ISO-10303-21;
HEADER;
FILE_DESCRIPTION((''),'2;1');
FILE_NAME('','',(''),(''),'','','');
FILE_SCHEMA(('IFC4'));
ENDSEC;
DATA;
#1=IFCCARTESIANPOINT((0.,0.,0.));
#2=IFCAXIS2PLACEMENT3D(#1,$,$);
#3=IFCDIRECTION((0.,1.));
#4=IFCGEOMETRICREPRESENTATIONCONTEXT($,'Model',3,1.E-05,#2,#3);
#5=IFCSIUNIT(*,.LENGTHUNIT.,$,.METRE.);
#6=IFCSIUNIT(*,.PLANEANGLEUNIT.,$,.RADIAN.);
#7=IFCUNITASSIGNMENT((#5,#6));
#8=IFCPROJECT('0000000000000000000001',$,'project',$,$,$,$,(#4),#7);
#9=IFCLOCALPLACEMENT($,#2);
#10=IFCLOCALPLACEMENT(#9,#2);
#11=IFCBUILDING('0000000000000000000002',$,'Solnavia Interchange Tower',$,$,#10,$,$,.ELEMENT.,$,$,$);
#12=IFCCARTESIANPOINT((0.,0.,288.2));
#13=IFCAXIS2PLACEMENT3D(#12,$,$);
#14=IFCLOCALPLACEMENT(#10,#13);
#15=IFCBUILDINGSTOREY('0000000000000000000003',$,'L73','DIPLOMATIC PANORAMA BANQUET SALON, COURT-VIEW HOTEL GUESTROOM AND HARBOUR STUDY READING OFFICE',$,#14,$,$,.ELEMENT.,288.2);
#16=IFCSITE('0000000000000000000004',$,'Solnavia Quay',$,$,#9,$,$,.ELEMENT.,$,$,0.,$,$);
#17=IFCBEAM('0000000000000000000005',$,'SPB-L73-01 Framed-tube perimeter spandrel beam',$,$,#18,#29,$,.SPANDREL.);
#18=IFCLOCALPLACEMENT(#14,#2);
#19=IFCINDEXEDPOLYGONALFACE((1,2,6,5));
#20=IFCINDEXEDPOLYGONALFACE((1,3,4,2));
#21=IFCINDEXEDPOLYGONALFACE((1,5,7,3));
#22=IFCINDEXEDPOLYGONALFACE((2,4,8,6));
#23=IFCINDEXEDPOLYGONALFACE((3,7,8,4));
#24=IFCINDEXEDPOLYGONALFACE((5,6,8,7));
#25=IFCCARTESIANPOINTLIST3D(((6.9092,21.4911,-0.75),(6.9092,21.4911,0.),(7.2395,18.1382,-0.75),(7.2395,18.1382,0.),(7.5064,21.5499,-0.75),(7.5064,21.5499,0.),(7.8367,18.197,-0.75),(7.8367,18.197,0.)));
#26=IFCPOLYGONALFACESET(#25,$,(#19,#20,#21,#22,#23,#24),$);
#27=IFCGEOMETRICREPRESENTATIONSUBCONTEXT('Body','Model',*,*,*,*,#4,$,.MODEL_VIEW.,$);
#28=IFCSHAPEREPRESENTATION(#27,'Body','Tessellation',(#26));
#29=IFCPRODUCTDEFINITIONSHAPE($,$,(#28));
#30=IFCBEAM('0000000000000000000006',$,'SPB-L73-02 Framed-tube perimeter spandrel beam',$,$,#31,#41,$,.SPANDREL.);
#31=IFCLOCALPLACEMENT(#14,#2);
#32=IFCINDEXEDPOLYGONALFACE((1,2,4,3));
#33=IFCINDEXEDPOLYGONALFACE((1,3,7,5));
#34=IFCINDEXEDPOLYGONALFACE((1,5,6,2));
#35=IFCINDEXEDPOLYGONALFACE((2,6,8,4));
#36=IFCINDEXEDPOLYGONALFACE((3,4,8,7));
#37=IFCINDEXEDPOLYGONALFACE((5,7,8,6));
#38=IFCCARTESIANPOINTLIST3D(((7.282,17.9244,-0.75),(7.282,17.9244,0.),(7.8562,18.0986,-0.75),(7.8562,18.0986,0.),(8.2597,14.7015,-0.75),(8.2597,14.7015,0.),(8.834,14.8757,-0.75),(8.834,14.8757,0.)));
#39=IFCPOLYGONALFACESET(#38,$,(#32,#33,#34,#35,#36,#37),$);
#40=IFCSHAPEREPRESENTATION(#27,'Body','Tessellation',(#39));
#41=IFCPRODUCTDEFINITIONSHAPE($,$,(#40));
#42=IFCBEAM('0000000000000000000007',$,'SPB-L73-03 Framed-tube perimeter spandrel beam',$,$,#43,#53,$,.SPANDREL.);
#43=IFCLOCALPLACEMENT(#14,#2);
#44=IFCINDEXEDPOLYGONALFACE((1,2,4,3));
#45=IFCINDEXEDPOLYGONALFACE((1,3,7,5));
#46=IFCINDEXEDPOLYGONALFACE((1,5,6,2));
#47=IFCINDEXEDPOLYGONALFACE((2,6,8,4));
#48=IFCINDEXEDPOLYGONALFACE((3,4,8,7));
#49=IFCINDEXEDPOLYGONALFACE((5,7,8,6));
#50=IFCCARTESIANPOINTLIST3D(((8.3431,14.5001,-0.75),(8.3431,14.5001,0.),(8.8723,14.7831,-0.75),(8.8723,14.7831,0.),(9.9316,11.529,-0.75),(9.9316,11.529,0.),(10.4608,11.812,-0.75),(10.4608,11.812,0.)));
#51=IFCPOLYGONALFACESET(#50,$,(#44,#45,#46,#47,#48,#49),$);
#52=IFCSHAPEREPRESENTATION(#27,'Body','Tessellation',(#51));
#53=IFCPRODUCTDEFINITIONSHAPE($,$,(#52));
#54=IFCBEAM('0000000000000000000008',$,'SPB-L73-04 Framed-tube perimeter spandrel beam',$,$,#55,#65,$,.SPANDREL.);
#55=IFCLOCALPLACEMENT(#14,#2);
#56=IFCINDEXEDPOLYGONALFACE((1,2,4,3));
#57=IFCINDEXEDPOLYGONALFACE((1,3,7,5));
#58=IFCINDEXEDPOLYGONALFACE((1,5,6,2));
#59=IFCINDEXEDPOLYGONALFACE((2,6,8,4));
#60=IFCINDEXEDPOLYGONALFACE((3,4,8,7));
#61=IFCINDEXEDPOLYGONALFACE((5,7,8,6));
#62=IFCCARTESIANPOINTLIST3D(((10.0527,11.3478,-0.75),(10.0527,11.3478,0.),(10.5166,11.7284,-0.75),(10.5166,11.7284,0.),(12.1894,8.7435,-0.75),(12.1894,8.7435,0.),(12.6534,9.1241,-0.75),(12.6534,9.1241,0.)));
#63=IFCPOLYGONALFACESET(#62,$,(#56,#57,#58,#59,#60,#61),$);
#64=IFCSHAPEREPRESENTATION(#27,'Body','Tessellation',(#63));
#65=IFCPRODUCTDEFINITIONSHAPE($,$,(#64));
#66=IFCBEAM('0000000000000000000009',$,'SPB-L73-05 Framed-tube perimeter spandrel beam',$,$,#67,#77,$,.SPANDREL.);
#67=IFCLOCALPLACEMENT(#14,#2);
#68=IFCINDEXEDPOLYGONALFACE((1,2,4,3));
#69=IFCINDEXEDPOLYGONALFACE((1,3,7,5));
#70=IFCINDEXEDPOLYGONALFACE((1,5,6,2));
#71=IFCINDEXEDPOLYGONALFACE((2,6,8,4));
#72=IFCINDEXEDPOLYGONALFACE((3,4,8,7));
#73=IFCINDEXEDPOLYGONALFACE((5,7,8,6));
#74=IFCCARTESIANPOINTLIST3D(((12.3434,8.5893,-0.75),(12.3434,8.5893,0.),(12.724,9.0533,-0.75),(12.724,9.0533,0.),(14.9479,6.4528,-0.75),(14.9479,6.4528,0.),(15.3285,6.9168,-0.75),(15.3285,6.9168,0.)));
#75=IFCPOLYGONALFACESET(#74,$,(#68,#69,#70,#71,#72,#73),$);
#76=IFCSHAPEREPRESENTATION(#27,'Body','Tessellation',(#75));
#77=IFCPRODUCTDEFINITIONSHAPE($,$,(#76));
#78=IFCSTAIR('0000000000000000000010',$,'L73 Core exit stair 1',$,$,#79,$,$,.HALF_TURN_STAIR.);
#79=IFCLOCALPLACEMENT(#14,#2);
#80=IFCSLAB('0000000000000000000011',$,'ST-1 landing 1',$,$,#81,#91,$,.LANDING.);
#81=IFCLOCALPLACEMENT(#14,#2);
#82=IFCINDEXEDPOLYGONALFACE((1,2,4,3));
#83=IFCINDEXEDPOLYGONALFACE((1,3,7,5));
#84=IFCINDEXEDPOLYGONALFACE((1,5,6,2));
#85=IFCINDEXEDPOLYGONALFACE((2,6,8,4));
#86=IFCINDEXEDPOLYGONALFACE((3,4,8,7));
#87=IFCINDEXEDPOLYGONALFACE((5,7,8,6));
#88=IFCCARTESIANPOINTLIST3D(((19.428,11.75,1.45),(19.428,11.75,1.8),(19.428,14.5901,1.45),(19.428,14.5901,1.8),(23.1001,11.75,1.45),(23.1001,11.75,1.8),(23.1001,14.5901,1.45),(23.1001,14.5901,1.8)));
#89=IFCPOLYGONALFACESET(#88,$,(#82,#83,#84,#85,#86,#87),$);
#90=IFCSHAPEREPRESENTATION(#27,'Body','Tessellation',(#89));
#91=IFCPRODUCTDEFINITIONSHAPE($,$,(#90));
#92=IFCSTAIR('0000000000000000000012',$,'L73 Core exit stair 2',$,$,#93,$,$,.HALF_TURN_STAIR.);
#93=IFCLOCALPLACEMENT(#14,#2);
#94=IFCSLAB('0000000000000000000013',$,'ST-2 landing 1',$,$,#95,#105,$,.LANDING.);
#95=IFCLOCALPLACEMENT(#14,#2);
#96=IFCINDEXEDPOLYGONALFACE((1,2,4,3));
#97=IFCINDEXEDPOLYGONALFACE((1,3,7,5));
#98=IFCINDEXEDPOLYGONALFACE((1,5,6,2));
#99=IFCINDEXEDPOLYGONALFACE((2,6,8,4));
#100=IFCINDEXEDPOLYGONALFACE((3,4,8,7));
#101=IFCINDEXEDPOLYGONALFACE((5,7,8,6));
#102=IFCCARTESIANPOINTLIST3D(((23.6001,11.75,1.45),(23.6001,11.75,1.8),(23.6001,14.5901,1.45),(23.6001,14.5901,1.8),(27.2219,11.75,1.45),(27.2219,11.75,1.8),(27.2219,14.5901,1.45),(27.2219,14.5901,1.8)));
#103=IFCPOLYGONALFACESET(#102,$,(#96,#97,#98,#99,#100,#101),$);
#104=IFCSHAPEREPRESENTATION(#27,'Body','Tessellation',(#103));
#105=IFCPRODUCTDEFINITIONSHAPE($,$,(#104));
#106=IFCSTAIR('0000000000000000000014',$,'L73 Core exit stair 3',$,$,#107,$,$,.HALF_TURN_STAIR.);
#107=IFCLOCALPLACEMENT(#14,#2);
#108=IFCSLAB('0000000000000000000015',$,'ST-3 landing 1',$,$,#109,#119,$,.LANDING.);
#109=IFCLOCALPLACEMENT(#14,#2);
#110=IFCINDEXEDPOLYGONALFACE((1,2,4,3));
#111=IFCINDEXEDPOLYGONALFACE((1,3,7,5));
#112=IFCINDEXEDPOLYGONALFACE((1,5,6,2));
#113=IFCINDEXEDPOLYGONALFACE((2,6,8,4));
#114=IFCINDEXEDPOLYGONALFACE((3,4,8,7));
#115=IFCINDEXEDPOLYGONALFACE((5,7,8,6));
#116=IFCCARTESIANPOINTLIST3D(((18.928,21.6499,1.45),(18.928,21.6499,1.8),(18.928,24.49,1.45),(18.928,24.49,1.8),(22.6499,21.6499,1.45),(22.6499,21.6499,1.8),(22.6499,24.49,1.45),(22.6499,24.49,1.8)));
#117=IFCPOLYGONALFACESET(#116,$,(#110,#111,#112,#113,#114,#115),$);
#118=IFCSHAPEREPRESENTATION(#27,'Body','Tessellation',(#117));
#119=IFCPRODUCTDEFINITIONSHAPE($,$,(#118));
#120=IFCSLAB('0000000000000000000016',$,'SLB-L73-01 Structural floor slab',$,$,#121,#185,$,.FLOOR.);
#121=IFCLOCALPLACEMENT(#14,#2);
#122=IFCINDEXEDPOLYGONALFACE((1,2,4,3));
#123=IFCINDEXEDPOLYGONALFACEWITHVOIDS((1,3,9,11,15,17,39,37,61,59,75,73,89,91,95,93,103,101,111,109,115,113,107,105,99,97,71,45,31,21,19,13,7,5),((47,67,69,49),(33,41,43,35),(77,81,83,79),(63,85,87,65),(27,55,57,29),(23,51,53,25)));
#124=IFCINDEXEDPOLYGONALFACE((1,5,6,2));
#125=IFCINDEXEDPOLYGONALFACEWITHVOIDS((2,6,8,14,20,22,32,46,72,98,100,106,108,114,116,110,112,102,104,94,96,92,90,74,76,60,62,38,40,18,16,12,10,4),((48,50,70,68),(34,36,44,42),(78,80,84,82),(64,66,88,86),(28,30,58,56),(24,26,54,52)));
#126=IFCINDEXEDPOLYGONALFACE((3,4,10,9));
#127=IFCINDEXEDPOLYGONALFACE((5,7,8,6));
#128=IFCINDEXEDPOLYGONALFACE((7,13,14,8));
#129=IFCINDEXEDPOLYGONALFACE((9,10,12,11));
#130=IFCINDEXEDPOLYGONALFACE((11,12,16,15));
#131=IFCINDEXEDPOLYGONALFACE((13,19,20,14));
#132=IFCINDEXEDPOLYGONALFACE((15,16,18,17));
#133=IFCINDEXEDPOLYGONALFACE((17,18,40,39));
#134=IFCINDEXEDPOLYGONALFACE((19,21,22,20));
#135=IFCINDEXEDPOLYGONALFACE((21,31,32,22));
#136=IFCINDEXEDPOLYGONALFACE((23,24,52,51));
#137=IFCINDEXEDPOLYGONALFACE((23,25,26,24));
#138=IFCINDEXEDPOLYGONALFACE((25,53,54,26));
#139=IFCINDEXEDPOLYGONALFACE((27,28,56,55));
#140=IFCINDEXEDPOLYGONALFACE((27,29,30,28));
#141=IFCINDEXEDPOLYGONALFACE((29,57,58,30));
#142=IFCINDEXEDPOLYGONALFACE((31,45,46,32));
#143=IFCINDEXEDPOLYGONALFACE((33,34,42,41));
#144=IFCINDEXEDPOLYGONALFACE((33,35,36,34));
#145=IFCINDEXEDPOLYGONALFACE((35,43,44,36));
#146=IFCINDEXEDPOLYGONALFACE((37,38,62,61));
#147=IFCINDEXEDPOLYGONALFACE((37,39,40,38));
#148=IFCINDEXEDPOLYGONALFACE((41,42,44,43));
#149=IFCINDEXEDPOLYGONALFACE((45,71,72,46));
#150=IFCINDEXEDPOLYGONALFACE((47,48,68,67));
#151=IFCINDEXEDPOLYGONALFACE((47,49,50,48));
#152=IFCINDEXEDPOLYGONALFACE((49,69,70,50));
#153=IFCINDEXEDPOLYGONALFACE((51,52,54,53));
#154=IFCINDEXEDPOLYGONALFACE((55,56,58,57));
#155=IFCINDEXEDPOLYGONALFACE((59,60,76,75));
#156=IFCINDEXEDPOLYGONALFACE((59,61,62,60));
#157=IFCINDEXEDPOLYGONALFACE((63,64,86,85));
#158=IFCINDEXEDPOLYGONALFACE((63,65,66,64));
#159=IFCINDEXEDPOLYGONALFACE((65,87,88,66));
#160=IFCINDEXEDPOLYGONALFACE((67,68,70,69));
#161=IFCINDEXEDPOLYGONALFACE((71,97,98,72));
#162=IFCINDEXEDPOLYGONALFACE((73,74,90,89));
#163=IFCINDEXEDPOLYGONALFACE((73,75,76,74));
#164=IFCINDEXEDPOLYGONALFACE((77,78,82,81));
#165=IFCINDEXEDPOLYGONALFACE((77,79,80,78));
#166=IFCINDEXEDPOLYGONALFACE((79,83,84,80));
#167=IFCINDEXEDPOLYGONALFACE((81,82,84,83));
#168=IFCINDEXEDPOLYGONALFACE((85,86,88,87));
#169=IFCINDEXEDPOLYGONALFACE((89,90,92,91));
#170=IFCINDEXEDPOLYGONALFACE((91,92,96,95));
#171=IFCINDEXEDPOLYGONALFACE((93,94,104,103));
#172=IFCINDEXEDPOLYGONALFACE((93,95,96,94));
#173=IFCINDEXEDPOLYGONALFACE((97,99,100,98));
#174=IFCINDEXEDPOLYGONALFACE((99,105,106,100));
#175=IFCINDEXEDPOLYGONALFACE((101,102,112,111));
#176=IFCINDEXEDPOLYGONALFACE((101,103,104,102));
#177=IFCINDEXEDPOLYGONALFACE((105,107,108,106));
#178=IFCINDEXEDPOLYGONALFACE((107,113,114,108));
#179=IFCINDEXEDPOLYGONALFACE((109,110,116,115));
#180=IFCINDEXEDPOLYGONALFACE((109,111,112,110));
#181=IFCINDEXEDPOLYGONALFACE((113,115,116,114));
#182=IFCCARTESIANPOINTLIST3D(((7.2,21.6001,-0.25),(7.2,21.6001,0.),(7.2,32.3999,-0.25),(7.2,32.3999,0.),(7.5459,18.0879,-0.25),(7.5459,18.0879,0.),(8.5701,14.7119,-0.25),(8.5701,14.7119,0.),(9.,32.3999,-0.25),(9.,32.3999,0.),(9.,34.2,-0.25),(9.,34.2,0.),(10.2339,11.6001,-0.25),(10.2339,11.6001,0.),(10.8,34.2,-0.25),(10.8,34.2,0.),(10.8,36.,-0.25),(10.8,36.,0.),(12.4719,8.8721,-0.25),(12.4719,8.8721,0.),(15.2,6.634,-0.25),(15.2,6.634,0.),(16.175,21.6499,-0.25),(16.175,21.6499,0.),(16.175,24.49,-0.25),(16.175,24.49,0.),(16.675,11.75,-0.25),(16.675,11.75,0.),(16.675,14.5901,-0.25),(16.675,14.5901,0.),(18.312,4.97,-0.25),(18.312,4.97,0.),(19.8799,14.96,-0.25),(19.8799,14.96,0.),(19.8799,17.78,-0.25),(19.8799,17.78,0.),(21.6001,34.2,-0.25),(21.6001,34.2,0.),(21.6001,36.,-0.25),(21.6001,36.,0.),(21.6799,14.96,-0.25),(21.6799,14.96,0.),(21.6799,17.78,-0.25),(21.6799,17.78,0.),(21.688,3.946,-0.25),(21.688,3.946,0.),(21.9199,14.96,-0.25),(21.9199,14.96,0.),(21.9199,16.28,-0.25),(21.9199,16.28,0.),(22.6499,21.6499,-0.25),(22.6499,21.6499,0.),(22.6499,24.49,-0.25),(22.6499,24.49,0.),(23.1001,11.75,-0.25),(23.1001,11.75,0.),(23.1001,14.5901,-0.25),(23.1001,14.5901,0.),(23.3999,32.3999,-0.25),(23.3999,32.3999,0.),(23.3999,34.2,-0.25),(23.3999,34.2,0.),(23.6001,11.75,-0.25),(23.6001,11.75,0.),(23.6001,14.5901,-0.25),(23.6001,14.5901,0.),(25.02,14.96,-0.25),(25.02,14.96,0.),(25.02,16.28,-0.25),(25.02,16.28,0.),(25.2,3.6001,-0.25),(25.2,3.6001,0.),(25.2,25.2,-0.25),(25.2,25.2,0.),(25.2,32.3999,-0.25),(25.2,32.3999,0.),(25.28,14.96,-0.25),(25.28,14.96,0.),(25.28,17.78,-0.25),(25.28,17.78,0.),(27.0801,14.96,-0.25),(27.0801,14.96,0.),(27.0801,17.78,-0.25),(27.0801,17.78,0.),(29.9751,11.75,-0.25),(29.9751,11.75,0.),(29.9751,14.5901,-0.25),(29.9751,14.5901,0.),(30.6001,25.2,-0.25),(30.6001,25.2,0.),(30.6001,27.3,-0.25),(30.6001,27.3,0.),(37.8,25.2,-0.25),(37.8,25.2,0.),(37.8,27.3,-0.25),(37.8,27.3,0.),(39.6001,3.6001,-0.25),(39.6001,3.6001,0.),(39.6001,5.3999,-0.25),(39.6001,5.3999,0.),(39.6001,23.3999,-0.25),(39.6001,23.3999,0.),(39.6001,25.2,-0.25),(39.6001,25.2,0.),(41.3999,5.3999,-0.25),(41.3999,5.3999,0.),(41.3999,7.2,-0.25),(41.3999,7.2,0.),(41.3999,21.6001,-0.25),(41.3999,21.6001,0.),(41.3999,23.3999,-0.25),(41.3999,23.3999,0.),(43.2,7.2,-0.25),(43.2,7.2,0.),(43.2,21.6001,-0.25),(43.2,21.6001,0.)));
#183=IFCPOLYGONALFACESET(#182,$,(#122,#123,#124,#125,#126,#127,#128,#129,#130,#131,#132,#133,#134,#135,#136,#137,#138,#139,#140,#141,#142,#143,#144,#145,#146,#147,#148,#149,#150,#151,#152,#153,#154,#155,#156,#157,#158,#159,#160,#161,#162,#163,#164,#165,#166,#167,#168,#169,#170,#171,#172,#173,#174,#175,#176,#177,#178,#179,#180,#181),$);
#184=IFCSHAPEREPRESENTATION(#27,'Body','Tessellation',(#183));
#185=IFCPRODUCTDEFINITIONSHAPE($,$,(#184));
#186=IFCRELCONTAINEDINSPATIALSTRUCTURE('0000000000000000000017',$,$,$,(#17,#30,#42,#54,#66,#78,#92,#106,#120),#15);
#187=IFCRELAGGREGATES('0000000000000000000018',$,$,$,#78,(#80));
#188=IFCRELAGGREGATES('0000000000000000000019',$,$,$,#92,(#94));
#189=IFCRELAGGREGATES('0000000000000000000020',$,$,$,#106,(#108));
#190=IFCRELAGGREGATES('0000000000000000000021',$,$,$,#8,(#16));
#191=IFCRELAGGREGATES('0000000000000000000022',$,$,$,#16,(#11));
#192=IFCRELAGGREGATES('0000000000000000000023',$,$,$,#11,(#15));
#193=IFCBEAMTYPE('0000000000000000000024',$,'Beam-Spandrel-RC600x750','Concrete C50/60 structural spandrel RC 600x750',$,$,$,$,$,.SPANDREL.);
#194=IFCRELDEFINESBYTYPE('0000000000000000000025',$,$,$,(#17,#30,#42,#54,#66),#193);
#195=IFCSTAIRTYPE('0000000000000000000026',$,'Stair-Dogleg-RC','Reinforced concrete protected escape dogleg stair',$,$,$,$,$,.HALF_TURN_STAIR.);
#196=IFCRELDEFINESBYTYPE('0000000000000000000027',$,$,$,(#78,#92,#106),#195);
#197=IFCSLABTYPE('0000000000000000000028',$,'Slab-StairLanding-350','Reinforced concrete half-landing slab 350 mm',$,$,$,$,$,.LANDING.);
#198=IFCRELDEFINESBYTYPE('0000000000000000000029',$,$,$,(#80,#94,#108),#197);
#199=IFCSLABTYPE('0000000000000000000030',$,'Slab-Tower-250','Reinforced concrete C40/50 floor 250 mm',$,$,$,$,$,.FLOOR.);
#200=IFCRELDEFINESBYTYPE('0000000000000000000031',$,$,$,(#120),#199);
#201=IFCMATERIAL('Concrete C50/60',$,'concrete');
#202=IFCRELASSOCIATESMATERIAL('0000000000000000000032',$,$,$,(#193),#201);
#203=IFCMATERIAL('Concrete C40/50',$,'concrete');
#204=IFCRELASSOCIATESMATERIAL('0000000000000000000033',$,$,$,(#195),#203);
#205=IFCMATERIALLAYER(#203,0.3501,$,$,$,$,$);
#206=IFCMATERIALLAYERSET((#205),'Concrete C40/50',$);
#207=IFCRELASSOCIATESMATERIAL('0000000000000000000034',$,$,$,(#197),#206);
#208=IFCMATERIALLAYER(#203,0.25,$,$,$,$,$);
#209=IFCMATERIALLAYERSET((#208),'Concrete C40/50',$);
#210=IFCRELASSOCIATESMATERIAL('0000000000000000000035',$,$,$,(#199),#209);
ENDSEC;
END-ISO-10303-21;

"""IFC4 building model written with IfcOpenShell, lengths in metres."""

from ifc_helpers import new_model, si_unit, direction, frame, origin, origin_2d, place, context, subcontext, project, spatial, polyline, rectangle, outline, extrude, material, layer, layer_set, material_profile, profile_set, type_object, element, aggregate, save


model = new_model("IFC4")

# Units and contexts
model_context = context("Model", 3, precision=1e-05, world=origin(), true_north=direction((0.0, 1.0)))
body_context = subcontext(model_context, "Body", "Model", "MODEL_VIEW")
ifc_project = project(units=[si_unit("LENGTHUNIT", "METRE"), si_unit("PLANEANGLEUNIT", "RADIAN")], contexts=[model_context])

# Site, building, storey
site_placement = place(None, origin())
site = spatial("IfcSite", under=ifc_project, at=site_placement, Name="Solnavia Quay", CompositionType="ELEMENT", RefElevation=0.0)
building_placement = place(site_placement, origin())
building = spatial("IfcBuilding", under=site, at=building_placement, Name="Solnavia Interchange Tower", CompositionType="ELEMENT")
storey_placement = place(building_placement, frame((0.0, 0.0, 288.2)))
storey = spatial("IfcBuildingStorey", under=building, at=storey_placement, Name="L73", Description="DIPLOMATIC PANORAMA BANQUET SALON, COURT-VIEW HOTEL GUESTROOM AND HARBOUR STUDY READING OFFICE", CompositionType="ELEMENT", Elevation=288.2)

# Shared definitions
ifc_material_1 = material(Name="Concrete C50/60", Category="concrete")

# Beams
ifc_material_profile_1 = material_profile(ifc_material_1, rectangle(XDim=0.6001, YDim=0.75, at=origin_2d()), Name="RC 600x750")
ifc_profile_set_1 = profile_set([ifc_material_profile_1], Name="Concrete C50/60")
beam_type_1 = type_object("IfcBeamType", Name="Beam-Spandrel-RC600x750", Description="Concrete C50/60 structural spandrel RC 600x750", PredefinedType="SPANDREL", material=ifc_profile_set_1)
beam_1_placement = place(storey_placement, frame((7.2078, 21.5205, -0.375), z_axis=(0.09804, -0.995182, 0.0), x_axis=(0.995182, 0.09804, 0.0)))
element("IfcBeam", 1, at=beam_1_placement, inside=storey, type_object=beam_type_1, Name="SPB-L73-01 Framed-tube perimeter spandrel beam", PredefinedType="SPANDREL", context=body_context, shape_type="SweptSolid", body=[
    extrude(rectangle(XDim=0.6001, YDim=0.75, at=origin_2d()), origin(), (0.0, 0.0, 1.0), 3.3691),
])
beam_2_placement = place(storey_placement, frame((7.5691, 18.0115, -0.375), z_axis=(0.290319, -0.95693, 0.0), x_axis=(0.95693, 0.290319, 0.0)))
element("IfcBeam", 2, at=beam_2_placement, inside=storey, type_object=beam_type_1, Name="SPB-L73-02 Framed-tube perimeter spandrel beam", PredefinedType="SPANDREL", context=body_context, shape_type="SweptSolid", body=[
    extrude(rectangle(XDim=0.6001, YDim=0.75, at=origin_2d()), origin(), (0.0, 0.0, 1.0), 3.3679),
])
beam_3_placement = place(storey_placement, frame((8.6077, 14.6416, -0.375), z_axis=(0.471509, -0.881861, 0.0), x_axis=(0.881861, 0.471509, 0.0)))
element("IfcBeam", 3, at=beam_3_placement, inside=storey, type_object=beam_type_1, Name="SPB-L73-03 Framed-tube perimeter spandrel beam", PredefinedType="SPANDREL", context=body_context, shape_type="SweptSolid", body=[
    extrude(rectangle(XDim=0.6001, YDim=0.75, at=origin_2d()), origin(), (0.0, 0.0, 1.0), 3.3691),
])
for number, where, z_axis, x_axis, name in (
    (4, (10.2847, 11.5381, -0.375), (0.634299, -0.773088, 0.0), (0.773088, 0.634299, 0.0), "SPB-L73-04 Framed-tube perimeter spandrel beam"),
    (5, (12.5337, 8.8213, -0.375), (0.773153, -0.63422, 0.0), (0.63422, 0.773153, 0.0), "SPB-L73-05 Framed-tube perimeter spandrel beam"),
):
    element("IfcBeam", number, at=place(storey_placement, frame(where, z_axis=z_axis, x_axis=x_axis)), inside=storey, type_object=beam_type_1, Name=name, PredefinedType="SPANDREL", context=body_context, shape_type="SweptSolid", body=[
        extrude(rectangle(XDim=0.6001, YDim=0.75, at=origin_2d()), origin(), (0.0, 0.0, 1.0), 3.3687),
    ])

# Stairs, slabs
ifc_material_2 = material(Name="Concrete C40/50", Category="concrete")
stair_type = type_object("IfcStairType", Name="Stair-Dogleg-RC", Description="Reinforced concrete protected escape dogleg stair", PredefinedType="HALF_TURN_STAIR", material=ifc_material_2)
stair_1_placement = place(storey_placement, origin())
stair_1 = element("IfcStair", 6, at=stair_1_placement, inside=storey, type_object=stair_type, Name="L73 Core exit stair 1", PredefinedType="HALF_TURN_STAIR")
ifc_layer_1 = layer(ifc_material_2, 0.3501)
ifc_layer_set_1 = layer_set([ifc_layer_1], Name="Concrete C40/50")
slab_type_1 = type_object("IfcSlabType", Name="Slab-StairLanding-350", Description="Reinforced concrete half-landing slab 350 mm", PredefinedType="LANDING", material=ifc_layer_set_1)
slab_1_placement = place(storey_placement, frame((0.0, 0.0, 1.45)))
slab_1 = element("IfcSlab", 7, at=slab_1_placement, type_object=slab_type_1, Name="ST-1 landing 1", PredefinedType="LANDING", context=body_context, shape_type="SweptSolid", body=[
    extrude(outline(polyline([(19.428, 11.75), (23.1001, 11.75), (23.1001, 14.5901), (19.428, 14.5901), (19.428, 11.75)])), origin(), (0.0, 0.0, 1.0), 0.3501),
])
aggregate(stair_1, [slab_1])
stair_2_placement = place(storey_placement, origin())
stair_2 = element("IfcStair", 8, at=stair_2_placement, inside=storey, type_object=stair_type, Name="L73 Core exit stair 2", PredefinedType="HALF_TURN_STAIR")
slab_2_placement = place(storey_placement, frame((0.0, 0.0, 1.45)))
slab_2 = element("IfcSlab", 9, at=slab_2_placement, type_object=slab_type_1, Name="ST-2 landing 1", PredefinedType="LANDING", context=body_context, shape_type="SweptSolid", body=[
    extrude(outline(polyline([(23.6001, 11.75), (27.2219, 11.75), (27.2219, 14.5901), (23.6001, 14.5901), (23.6001, 11.75)])), origin(), (0.0, 0.0, 1.0), 0.3501),
])
aggregate(stair_2, [slab_2])
stair_3_placement = place(storey_placement, origin())
stair_3 = element("IfcStair", 10, at=stair_3_placement, inside=storey, type_object=stair_type, Name="L73 Core exit stair 3", PredefinedType="HALF_TURN_STAIR")
slab_3_placement = place(storey_placement, frame((0.0, 0.0, 1.45)))
slab_3 = element("IfcSlab", 11, at=slab_3_placement, type_object=slab_type_1, Name="ST-3 landing 1", PredefinedType="LANDING", context=body_context, shape_type="SweptSolid", body=[
    extrude(outline(polyline([(18.928, 21.6499), (22.6499, 21.6499), (22.6499, 24.49), (18.928, 24.49), (18.928, 21.6499)])), origin(), (0.0, 0.0, 1.0), 0.3501),
])
aggregate(stair_3, [slab_3])

# Slab
ifc_layer_2 = layer(ifc_material_2, 0.25)
ifc_layer_set_2 = layer_set([ifc_layer_2], Name="Concrete C40/50")
slab_type_2 = type_object("IfcSlabType", Name="Slab-Tower-250", Description="Reinforced concrete C40/50 floor 250 mm", PredefinedType="FLOOR", material=ifc_layer_set_2)
slab_4_placement = place(storey_placement, frame((0.0, 0.0, -0.25)))
element("IfcSlab", 12, at=slab_4_placement, inside=storey, type_object=slab_type_2, Name="SLB-L73-01 Structural floor slab", PredefinedType="FLOOR", context=body_context, shape_type="SweptSolid", body=[
    extrude(outline(polyline([(25.2, 3.6001), (39.6001, 3.6001), (39.6001, 5.3999), (41.3999, 5.3999), (41.3999, 7.2), (43.2, 7.2), (43.2, 21.6001), (41.3999, 21.6001), (41.3999, 23.3999), (39.6001, 23.3999), (39.6001, 25.2), (37.8, 25.2), (37.8, 27.3), (30.6001, 27.3), (30.6001, 25.2), (25.2, 25.2), (25.2, 32.3999), (23.3999, 32.3999), (23.3999, 34.2), (21.6001, 34.2), (21.6001, 36.0), (10.8, 36.0), (10.8, 34.2), (9.0, 34.2), (9.0, 32.3999), (7.2, 32.3999), (7.2, 21.6001), (7.5459, 18.0879), (8.5701, 14.7119), (10.2339, 11.6001), (12.4719, 8.8721), (15.2, 6.634), (18.312, 4.97), (21.688, 3.946), (25.2, 3.6001)]), holes=[polyline([(16.675, 11.75), (23.1001, 11.75), (23.1001, 14.5901), (16.675, 14.5901), (16.675, 11.75)]), polyline([(23.6001, 11.75), (29.9751, 11.75), (29.9751, 14.5901), (23.6001, 14.5901), (23.6001, 11.75)]), polyline([(16.175, 21.6499), (22.6499, 21.6499), (22.6499, 24.49), (16.175, 24.49), (16.175, 21.6499)]), polyline([(19.8799, 14.96), (21.6799, 14.96), (21.6799, 17.78), (19.8799, 17.78), (19.8799, 14.96)]), polyline([(25.28, 14.96), (27.0801, 14.96), (27.0801, 17.78), (25.28, 17.78), (25.28, 14.96)]), polyline([(21.9199, 14.96), (25.02, 14.96), (25.02, 16.28), (21.9199, 16.28), (21.9199, 14.96)])]), origin(), (0.0, 0.0, 1.0), 0.25),
])

save(model, "model.ifc")
